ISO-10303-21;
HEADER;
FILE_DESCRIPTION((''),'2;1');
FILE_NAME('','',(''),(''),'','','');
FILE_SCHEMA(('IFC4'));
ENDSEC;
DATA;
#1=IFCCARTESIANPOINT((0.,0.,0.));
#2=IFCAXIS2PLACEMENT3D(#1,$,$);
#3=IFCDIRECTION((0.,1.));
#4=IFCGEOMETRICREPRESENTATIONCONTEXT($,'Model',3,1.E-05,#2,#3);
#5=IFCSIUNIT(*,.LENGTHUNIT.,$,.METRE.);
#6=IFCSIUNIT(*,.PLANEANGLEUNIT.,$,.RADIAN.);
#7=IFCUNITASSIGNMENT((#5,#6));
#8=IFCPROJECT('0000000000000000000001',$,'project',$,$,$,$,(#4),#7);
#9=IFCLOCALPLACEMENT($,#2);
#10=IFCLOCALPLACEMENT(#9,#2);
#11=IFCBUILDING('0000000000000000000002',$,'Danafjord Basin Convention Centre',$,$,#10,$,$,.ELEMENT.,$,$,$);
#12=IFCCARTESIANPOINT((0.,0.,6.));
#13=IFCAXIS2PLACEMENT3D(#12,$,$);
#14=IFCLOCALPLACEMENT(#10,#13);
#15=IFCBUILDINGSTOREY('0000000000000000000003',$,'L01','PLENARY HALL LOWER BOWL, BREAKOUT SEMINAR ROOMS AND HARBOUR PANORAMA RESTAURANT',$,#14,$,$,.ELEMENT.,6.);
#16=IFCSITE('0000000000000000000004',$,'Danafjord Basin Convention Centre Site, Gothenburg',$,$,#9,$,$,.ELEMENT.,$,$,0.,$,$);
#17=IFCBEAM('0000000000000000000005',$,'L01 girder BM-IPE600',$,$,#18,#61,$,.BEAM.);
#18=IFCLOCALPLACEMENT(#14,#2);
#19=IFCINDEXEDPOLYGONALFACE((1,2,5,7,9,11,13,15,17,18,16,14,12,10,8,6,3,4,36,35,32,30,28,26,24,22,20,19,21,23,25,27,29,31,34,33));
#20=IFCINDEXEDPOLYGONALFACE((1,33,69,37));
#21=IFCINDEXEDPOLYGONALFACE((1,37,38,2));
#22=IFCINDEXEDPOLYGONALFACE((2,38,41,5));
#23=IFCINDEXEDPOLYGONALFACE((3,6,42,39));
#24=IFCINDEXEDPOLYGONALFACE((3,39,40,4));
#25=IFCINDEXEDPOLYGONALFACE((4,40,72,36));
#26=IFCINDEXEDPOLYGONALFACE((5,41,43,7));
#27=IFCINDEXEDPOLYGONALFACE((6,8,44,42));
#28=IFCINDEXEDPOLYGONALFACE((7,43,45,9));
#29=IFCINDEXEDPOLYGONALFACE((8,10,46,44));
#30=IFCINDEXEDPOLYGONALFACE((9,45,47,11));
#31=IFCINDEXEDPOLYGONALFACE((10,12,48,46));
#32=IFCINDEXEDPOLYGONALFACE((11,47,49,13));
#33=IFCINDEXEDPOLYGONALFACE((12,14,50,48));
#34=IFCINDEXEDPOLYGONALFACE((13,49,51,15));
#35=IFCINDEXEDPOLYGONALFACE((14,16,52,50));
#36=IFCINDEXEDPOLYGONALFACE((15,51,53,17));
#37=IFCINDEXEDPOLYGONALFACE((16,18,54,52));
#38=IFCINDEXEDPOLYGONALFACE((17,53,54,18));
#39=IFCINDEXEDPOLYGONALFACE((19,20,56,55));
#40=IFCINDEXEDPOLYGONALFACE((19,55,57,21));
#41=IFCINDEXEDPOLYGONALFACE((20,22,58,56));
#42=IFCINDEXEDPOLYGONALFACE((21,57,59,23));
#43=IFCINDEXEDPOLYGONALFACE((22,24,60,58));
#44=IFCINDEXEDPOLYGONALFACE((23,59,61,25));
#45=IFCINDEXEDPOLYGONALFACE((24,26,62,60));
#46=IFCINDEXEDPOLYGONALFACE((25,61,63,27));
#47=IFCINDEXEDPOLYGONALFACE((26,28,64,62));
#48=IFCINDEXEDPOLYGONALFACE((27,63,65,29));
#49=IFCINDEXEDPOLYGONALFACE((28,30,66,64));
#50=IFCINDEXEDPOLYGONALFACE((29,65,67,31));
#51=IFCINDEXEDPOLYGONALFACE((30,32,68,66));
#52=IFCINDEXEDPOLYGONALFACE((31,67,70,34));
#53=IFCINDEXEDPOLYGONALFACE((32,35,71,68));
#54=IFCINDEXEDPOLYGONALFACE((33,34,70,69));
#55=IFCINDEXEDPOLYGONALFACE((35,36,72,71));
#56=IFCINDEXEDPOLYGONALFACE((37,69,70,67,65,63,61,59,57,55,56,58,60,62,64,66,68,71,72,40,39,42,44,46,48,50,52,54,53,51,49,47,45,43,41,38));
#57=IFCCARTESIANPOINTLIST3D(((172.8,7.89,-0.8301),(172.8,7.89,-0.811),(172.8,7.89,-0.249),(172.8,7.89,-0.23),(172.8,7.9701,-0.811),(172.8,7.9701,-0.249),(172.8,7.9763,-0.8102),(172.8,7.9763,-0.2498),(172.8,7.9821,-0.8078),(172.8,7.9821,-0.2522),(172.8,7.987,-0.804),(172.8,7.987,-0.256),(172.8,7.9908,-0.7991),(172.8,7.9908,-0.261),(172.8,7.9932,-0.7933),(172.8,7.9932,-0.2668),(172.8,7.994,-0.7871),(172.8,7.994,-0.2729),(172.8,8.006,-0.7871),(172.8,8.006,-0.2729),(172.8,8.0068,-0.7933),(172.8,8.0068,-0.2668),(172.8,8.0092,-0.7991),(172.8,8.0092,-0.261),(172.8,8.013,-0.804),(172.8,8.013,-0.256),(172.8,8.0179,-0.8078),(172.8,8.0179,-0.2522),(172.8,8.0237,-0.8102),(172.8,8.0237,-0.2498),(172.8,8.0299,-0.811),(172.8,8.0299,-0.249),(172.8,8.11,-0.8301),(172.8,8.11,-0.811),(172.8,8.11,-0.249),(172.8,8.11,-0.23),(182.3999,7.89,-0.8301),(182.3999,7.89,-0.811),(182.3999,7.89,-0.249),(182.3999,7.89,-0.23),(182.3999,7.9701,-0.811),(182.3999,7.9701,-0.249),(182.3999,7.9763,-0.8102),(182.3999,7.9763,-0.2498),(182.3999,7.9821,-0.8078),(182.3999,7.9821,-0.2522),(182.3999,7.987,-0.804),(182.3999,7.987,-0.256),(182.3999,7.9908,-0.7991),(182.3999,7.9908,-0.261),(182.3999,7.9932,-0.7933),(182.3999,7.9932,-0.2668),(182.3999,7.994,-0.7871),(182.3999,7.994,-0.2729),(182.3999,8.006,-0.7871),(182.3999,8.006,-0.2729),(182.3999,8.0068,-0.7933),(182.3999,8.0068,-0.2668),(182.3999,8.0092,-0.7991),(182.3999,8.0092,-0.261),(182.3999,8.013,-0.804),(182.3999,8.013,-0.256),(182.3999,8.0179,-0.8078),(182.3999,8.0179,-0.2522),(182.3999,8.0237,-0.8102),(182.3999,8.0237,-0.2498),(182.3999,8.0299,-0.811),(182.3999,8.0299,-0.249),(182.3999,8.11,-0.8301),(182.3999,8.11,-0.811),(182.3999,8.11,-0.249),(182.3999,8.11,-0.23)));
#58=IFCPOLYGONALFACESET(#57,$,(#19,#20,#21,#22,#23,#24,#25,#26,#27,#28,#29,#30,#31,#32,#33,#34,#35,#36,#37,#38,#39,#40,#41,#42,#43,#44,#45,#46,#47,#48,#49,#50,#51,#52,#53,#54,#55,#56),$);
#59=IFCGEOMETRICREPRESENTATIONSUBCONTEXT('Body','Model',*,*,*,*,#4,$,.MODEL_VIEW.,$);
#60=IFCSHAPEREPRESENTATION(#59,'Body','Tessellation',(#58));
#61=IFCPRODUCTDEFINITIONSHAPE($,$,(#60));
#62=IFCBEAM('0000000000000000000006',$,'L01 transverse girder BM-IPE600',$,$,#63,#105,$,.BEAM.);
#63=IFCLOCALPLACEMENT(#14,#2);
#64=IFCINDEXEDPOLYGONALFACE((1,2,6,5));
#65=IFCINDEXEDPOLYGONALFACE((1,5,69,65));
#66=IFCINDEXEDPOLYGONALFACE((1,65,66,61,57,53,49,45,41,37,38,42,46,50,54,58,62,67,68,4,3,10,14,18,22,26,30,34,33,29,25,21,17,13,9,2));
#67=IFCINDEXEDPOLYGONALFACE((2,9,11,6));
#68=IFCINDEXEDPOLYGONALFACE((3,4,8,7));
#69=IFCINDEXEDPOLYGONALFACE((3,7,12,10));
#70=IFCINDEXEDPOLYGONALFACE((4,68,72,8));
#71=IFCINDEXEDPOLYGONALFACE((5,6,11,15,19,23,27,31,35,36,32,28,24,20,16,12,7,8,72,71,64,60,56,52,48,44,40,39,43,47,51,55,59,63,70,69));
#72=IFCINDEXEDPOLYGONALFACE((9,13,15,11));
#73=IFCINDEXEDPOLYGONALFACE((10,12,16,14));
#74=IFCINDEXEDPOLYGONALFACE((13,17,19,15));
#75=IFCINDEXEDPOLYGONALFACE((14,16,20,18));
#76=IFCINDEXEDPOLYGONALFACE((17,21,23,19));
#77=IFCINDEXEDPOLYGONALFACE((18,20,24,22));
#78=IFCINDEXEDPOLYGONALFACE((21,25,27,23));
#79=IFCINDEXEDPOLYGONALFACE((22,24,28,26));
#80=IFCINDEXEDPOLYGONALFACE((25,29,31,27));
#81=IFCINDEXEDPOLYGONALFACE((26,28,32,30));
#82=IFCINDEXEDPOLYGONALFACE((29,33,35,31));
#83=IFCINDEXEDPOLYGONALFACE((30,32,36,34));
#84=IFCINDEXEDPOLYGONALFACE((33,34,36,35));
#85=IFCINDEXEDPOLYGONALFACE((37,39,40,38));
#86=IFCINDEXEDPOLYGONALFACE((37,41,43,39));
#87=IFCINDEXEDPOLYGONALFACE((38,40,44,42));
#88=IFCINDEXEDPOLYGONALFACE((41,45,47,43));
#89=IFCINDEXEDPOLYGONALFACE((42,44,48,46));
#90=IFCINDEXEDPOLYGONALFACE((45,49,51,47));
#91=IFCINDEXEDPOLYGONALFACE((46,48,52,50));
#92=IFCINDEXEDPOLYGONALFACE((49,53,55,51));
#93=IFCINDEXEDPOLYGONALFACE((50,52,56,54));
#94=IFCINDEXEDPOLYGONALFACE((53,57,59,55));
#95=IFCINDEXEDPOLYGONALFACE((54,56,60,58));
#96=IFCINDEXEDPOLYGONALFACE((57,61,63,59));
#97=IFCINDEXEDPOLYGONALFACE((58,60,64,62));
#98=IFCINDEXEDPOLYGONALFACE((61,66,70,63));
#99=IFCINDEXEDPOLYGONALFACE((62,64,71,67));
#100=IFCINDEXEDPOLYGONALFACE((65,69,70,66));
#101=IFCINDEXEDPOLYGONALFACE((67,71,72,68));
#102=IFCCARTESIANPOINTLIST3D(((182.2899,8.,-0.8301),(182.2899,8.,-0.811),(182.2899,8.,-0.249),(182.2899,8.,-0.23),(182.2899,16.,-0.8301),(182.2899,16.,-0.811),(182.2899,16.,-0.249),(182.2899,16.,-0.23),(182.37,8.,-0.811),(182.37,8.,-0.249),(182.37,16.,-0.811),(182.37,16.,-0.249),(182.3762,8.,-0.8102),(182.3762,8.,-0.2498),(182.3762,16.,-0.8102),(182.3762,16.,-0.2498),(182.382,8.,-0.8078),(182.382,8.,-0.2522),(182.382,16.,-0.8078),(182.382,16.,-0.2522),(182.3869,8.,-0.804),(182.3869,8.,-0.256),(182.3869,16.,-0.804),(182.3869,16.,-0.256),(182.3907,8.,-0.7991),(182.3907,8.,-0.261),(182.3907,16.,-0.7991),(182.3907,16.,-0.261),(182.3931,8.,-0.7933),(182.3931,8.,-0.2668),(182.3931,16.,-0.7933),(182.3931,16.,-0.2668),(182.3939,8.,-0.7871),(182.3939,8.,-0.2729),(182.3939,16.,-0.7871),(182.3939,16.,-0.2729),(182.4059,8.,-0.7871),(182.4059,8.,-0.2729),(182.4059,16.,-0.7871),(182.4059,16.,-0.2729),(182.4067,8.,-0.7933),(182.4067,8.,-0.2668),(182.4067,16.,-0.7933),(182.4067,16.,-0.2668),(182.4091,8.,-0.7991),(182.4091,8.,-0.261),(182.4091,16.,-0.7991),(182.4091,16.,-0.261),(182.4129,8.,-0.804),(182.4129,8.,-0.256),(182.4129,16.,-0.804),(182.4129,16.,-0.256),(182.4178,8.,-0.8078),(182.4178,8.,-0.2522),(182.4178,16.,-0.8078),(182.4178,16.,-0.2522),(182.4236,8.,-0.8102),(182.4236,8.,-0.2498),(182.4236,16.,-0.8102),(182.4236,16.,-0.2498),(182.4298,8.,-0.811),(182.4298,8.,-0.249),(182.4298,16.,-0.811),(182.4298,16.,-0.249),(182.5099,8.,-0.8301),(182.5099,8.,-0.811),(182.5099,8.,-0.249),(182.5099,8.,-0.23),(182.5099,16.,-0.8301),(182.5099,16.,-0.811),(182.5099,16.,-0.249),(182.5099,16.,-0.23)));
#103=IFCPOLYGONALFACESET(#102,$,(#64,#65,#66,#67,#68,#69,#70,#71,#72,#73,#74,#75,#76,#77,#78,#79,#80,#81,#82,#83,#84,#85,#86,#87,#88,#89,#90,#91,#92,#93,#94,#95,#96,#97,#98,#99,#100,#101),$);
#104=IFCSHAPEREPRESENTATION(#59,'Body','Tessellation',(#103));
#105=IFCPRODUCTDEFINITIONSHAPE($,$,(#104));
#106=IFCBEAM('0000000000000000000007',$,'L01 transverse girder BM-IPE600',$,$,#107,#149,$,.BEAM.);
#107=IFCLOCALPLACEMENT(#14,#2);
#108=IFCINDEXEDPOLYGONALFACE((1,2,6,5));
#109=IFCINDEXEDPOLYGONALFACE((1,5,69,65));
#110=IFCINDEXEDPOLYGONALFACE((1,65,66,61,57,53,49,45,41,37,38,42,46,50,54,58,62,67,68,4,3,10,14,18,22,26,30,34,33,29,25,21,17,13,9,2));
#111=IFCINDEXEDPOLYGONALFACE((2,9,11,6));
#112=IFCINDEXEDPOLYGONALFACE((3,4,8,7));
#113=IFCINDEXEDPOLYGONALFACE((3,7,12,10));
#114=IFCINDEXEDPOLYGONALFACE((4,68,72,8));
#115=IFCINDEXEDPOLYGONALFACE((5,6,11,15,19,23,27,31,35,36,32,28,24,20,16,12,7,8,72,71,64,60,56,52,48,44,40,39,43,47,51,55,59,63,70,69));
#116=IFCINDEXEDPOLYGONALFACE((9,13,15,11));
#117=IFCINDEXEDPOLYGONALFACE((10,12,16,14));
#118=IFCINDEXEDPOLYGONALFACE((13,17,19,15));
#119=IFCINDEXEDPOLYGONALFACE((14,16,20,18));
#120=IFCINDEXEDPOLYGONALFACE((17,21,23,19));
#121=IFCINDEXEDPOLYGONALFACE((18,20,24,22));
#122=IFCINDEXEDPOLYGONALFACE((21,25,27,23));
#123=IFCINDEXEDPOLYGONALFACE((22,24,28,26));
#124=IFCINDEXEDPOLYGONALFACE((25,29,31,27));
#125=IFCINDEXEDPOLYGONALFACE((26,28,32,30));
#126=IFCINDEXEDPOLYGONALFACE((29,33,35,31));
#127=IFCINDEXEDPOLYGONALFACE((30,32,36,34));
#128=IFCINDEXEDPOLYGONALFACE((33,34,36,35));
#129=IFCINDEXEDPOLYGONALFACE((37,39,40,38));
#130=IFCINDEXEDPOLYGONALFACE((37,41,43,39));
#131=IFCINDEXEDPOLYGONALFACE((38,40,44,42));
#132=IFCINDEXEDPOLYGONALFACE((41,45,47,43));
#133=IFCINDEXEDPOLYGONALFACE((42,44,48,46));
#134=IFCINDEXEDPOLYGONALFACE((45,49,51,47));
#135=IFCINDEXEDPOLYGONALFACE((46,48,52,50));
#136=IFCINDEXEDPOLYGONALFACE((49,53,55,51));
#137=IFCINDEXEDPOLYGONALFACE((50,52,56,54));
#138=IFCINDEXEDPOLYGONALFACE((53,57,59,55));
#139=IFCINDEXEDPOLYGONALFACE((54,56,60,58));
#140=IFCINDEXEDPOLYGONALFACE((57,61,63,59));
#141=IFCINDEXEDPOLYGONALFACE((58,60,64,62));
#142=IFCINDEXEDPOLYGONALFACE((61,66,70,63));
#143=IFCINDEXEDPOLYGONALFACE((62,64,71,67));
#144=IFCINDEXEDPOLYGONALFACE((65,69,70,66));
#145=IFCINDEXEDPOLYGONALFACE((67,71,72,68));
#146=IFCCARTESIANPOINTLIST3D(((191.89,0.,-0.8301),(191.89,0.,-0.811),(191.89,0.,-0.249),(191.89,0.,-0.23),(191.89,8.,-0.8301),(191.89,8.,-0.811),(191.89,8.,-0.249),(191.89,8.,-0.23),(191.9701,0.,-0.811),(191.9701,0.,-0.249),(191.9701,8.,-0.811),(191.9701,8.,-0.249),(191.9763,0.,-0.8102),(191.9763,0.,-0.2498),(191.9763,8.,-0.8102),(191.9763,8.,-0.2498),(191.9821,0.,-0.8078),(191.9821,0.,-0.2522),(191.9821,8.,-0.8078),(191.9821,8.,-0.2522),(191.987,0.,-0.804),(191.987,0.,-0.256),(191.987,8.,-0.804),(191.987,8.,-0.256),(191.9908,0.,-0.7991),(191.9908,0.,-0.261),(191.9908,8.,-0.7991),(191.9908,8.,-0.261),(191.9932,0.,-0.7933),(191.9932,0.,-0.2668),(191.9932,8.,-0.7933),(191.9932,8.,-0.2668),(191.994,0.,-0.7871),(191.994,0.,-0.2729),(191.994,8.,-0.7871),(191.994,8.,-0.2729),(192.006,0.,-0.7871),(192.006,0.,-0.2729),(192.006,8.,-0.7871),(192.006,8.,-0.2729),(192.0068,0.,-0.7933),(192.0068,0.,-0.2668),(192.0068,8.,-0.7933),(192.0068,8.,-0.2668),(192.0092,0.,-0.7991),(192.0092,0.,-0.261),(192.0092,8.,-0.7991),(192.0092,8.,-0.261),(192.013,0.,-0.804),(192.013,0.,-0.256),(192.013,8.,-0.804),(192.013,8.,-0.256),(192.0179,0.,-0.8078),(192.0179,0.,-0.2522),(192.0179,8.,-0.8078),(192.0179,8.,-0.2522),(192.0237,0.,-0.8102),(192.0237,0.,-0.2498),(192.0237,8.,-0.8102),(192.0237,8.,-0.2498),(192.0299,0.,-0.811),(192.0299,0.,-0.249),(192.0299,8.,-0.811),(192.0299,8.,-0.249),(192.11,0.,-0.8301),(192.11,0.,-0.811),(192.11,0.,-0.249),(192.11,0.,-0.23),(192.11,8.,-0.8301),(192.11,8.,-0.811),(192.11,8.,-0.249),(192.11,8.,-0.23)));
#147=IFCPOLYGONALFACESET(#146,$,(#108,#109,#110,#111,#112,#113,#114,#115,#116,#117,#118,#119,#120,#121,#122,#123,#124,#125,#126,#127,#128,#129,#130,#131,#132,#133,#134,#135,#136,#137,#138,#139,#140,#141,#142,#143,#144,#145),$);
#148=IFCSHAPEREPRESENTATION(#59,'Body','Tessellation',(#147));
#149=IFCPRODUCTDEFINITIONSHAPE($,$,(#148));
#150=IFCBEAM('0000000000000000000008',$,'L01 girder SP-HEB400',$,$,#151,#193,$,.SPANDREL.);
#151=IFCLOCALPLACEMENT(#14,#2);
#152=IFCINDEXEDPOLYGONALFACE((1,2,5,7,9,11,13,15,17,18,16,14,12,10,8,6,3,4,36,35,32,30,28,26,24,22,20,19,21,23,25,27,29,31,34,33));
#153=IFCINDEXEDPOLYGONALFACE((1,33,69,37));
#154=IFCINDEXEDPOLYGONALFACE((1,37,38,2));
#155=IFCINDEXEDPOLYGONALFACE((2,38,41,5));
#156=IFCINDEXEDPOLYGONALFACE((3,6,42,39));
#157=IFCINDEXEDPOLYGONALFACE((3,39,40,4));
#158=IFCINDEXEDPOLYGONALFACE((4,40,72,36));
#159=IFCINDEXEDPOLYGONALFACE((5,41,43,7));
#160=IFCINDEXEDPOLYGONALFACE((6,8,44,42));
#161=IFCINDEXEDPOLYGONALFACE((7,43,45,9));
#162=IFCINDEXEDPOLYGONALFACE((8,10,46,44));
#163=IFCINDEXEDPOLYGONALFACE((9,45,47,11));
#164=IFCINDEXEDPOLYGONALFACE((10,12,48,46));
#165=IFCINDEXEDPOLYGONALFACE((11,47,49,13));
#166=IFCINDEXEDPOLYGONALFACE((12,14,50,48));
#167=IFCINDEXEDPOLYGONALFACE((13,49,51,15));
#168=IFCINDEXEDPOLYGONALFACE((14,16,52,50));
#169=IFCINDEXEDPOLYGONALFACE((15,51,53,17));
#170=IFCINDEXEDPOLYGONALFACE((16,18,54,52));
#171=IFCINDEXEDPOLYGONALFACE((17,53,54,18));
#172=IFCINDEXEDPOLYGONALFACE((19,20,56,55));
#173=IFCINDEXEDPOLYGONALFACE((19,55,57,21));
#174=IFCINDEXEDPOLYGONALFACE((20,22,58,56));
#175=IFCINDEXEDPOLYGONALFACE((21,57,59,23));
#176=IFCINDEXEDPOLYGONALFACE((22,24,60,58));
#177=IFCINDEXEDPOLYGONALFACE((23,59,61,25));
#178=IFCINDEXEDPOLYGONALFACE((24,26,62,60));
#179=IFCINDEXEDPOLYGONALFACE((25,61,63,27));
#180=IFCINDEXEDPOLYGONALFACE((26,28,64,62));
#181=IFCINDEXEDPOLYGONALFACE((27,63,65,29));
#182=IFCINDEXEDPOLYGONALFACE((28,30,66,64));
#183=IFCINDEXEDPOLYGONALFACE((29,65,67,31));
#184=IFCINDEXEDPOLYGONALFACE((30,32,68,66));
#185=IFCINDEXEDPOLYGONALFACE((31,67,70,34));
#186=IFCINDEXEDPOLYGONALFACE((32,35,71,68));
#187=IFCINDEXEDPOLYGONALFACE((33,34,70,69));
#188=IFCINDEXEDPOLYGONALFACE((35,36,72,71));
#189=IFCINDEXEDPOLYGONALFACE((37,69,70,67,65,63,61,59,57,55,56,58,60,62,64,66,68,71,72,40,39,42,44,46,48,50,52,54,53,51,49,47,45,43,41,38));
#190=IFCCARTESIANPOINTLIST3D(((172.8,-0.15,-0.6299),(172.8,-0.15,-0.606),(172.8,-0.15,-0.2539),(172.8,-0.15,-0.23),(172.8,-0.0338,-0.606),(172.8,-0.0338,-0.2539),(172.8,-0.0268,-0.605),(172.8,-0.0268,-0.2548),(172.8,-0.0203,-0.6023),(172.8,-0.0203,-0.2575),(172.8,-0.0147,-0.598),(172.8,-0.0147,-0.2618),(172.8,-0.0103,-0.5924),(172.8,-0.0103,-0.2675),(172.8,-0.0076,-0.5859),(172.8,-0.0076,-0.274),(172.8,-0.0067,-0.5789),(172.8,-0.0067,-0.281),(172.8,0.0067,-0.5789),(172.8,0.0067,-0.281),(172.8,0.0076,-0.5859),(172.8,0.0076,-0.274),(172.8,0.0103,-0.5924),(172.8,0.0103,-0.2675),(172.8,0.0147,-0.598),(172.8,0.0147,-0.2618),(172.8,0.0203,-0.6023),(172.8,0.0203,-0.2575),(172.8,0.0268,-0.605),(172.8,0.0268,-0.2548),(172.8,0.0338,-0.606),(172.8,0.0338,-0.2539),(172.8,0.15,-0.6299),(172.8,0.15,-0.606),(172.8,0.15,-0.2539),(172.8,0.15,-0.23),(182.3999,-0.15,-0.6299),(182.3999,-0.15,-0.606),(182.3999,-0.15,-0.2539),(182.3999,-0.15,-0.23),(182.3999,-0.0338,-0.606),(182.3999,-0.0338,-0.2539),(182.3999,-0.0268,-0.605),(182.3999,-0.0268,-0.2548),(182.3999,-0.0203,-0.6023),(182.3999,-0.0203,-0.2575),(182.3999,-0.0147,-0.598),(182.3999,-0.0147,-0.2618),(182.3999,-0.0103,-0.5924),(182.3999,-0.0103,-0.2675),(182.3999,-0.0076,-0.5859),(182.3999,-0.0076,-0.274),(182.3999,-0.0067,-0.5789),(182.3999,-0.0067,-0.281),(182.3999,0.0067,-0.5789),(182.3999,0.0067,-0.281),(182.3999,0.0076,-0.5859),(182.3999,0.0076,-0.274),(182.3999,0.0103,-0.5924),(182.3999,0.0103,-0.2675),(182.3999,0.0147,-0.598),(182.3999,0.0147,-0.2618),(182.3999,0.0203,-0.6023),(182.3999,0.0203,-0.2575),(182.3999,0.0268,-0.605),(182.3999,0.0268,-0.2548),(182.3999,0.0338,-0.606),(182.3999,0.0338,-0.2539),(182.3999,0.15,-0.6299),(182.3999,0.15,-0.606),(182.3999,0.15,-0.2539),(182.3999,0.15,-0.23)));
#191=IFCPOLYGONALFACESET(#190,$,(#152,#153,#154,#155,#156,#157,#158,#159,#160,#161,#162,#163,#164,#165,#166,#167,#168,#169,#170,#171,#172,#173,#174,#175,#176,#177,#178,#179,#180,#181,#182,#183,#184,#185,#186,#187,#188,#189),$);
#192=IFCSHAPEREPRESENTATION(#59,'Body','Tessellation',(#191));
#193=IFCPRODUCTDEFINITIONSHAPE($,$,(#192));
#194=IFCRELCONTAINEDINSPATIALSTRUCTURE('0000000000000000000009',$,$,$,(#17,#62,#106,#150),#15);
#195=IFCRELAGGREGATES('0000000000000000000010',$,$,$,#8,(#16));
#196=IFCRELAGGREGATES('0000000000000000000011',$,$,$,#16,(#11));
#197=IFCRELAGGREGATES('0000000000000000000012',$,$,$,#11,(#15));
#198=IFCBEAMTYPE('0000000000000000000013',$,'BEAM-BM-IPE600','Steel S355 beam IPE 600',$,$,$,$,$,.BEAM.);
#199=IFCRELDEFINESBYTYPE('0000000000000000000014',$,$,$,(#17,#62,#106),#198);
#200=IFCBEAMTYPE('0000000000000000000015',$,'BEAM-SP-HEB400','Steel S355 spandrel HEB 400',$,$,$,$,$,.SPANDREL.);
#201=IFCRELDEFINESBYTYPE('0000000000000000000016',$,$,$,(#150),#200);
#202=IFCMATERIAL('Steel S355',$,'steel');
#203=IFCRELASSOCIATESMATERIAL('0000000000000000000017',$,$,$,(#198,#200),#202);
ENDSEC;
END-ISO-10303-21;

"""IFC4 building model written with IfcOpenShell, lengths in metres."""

from ifc_helpers import new_model, si_unit, direction, frame, origin, origin_2d, place, context, subcontext, project, spatial, i_section, extrude, material, material_profile, profile_set, type_object, element, save


model = new_model("IFC4")

# Units and contexts
model_context = context("Model", 3, precision=1e-05, world=origin(), true_north=direction((0.0, 1.0)))
body_context = subcontext(model_context, "Body", "Model", "MODEL_VIEW")
ifc_project = project(units=[si_unit("LENGTHUNIT", "METRE"), si_unit("PLANEANGLEUNIT", "RADIAN")], contexts=[model_context])

# Site, building, storey
site_placement = place(None, origin())
site = spatial("IfcSite", under=ifc_project, at=site_placement, Name="Danafjord Basin Convention Centre Site, Gothenburg", CompositionType="ELEMENT", RefElevation=0.0)
building_placement = place(site_placement, origin())
building = spatial("IfcBuilding", under=site, at=building_placement, Name="Danafjord Basin Convention Centre", CompositionType="ELEMENT")
storey_placement = place(building_placement, frame((0.0, 0.0, 6.0)))
storey = spatial("IfcBuildingStorey", under=building, at=storey_placement, Name="L01", Description="PLENARY HALL LOWER BOWL, BREAKOUT SEMINAR ROOMS AND HARBOUR PANORAMA RESTAURANT", CompositionType="ELEMENT", Elevation=6.0)

# Shared definitions
ifc_material_1 = material(Name="Steel S355", Category="steel")

# Beams
ifc_material_profile_1 = material_profile(ifc_material_1, i_section(OverallWidth=0.22, OverallDepth=0.6001, WebThickness=0.012, FlangeThickness=0.019, FilletRadius=0.0239, at=origin_2d()), Name="IPE 600")
ifc_profile_set_1 = profile_set([ifc_material_profile_1], Name="Steel S355")
beam_type_1 = type_object("IfcBeamType", Name="BEAM-BM-IPE600", Description="Steel S355 beam IPE 600", PredefinedType="BEAM", material=ifc_profile_set_1)
beam_1_placement = place(storey_placement, frame((172.8, 8.0, -0.53), z_axis=(1.0, 0.0, 0.0), x_axis=(0.0, 1.0, 0.0)))
element("IfcBeam", 1, at=beam_1_placement, inside=storey, type_object=beam_type_1, Name="L01 girder BM-IPE600", PredefinedType="BEAM", context=body_context, shape_type="SweptSolid", body=[
    extrude(i_section(OverallWidth=0.22, OverallDepth=0.6001, WebThickness=0.012, FlangeThickness=0.019, FilletRadius=0.0239, at=origin_2d()), origin(), (0.0, 0.0, 1.0), 9.5999),
])
for number, where, z_axis, x_axis, name in (
    (2, (182.3999, 8.0, -0.53), (0.0, 1.0, 0.0), (-1.0, 0.0, 0.0), "L01 transverse girder BM-IPE600"),
    (3, (192.0, 0.0, -0.53), (0.0, 1.0, 0.0), (-1.0, 0.0, 0.0), "L01 transverse girder BM-IPE600"),
):
    element("IfcBeam", number, at=place(storey_placement, frame(where, z_axis=z_axis, x_axis=x_axis)), inside=storey, type_object=beam_type_1, Name=name, PredefinedType="BEAM", context=body_context, shape_type="SweptSolid", body=[
        extrude(i_section(OverallWidth=0.22, OverallDepth=0.6001, WebThickness=0.012, FlangeThickness=0.019, FilletRadius=0.0239, at=origin_2d()), origin(), (0.0, 0.0, 1.0), 8.0),
    ])
ifc_material_profile_2 = material_profile(ifc_material_1, i_section(OverallWidth=0.3, OverallDepth=0.3999, WebThickness=0.0134, FlangeThickness=0.0239, FilletRadius=0.0271, at=origin_2d()), Name="HEB 400")
ifc_profile_set_2 = profile_set([ifc_material_profile_2], Name="Steel S355")
beam_type_2 = type_object("IfcBeamType", Name="BEAM-SP-HEB400", Description="Steel S355 spandrel HEB 400", PredefinedType="SPANDREL", material=ifc_profile_set_2)
beam_2_placement = place(storey_placement, frame((172.8, 0.0, -0.4299), z_axis=(1.0, 0.0, 0.0), x_axis=(0.0, 1.0, 0.0)))
element("IfcBeam", 4, at=beam_2_placement, inside=storey, type_object=beam_type_2, Name="L01 girder SP-HEB400", PredefinedType="SPANDREL", context=body_context, shape_type="SweptSolid", body=[
    extrude(i_section(OverallWidth=0.3, OverallDepth=0.3999, WebThickness=0.0134, FlangeThickness=0.0239, FilletRadius=0.0271, at=origin_2d()), origin(), (0.0, 0.0, 1.0), 9.5999),
])

save(model, "model.ifc")
